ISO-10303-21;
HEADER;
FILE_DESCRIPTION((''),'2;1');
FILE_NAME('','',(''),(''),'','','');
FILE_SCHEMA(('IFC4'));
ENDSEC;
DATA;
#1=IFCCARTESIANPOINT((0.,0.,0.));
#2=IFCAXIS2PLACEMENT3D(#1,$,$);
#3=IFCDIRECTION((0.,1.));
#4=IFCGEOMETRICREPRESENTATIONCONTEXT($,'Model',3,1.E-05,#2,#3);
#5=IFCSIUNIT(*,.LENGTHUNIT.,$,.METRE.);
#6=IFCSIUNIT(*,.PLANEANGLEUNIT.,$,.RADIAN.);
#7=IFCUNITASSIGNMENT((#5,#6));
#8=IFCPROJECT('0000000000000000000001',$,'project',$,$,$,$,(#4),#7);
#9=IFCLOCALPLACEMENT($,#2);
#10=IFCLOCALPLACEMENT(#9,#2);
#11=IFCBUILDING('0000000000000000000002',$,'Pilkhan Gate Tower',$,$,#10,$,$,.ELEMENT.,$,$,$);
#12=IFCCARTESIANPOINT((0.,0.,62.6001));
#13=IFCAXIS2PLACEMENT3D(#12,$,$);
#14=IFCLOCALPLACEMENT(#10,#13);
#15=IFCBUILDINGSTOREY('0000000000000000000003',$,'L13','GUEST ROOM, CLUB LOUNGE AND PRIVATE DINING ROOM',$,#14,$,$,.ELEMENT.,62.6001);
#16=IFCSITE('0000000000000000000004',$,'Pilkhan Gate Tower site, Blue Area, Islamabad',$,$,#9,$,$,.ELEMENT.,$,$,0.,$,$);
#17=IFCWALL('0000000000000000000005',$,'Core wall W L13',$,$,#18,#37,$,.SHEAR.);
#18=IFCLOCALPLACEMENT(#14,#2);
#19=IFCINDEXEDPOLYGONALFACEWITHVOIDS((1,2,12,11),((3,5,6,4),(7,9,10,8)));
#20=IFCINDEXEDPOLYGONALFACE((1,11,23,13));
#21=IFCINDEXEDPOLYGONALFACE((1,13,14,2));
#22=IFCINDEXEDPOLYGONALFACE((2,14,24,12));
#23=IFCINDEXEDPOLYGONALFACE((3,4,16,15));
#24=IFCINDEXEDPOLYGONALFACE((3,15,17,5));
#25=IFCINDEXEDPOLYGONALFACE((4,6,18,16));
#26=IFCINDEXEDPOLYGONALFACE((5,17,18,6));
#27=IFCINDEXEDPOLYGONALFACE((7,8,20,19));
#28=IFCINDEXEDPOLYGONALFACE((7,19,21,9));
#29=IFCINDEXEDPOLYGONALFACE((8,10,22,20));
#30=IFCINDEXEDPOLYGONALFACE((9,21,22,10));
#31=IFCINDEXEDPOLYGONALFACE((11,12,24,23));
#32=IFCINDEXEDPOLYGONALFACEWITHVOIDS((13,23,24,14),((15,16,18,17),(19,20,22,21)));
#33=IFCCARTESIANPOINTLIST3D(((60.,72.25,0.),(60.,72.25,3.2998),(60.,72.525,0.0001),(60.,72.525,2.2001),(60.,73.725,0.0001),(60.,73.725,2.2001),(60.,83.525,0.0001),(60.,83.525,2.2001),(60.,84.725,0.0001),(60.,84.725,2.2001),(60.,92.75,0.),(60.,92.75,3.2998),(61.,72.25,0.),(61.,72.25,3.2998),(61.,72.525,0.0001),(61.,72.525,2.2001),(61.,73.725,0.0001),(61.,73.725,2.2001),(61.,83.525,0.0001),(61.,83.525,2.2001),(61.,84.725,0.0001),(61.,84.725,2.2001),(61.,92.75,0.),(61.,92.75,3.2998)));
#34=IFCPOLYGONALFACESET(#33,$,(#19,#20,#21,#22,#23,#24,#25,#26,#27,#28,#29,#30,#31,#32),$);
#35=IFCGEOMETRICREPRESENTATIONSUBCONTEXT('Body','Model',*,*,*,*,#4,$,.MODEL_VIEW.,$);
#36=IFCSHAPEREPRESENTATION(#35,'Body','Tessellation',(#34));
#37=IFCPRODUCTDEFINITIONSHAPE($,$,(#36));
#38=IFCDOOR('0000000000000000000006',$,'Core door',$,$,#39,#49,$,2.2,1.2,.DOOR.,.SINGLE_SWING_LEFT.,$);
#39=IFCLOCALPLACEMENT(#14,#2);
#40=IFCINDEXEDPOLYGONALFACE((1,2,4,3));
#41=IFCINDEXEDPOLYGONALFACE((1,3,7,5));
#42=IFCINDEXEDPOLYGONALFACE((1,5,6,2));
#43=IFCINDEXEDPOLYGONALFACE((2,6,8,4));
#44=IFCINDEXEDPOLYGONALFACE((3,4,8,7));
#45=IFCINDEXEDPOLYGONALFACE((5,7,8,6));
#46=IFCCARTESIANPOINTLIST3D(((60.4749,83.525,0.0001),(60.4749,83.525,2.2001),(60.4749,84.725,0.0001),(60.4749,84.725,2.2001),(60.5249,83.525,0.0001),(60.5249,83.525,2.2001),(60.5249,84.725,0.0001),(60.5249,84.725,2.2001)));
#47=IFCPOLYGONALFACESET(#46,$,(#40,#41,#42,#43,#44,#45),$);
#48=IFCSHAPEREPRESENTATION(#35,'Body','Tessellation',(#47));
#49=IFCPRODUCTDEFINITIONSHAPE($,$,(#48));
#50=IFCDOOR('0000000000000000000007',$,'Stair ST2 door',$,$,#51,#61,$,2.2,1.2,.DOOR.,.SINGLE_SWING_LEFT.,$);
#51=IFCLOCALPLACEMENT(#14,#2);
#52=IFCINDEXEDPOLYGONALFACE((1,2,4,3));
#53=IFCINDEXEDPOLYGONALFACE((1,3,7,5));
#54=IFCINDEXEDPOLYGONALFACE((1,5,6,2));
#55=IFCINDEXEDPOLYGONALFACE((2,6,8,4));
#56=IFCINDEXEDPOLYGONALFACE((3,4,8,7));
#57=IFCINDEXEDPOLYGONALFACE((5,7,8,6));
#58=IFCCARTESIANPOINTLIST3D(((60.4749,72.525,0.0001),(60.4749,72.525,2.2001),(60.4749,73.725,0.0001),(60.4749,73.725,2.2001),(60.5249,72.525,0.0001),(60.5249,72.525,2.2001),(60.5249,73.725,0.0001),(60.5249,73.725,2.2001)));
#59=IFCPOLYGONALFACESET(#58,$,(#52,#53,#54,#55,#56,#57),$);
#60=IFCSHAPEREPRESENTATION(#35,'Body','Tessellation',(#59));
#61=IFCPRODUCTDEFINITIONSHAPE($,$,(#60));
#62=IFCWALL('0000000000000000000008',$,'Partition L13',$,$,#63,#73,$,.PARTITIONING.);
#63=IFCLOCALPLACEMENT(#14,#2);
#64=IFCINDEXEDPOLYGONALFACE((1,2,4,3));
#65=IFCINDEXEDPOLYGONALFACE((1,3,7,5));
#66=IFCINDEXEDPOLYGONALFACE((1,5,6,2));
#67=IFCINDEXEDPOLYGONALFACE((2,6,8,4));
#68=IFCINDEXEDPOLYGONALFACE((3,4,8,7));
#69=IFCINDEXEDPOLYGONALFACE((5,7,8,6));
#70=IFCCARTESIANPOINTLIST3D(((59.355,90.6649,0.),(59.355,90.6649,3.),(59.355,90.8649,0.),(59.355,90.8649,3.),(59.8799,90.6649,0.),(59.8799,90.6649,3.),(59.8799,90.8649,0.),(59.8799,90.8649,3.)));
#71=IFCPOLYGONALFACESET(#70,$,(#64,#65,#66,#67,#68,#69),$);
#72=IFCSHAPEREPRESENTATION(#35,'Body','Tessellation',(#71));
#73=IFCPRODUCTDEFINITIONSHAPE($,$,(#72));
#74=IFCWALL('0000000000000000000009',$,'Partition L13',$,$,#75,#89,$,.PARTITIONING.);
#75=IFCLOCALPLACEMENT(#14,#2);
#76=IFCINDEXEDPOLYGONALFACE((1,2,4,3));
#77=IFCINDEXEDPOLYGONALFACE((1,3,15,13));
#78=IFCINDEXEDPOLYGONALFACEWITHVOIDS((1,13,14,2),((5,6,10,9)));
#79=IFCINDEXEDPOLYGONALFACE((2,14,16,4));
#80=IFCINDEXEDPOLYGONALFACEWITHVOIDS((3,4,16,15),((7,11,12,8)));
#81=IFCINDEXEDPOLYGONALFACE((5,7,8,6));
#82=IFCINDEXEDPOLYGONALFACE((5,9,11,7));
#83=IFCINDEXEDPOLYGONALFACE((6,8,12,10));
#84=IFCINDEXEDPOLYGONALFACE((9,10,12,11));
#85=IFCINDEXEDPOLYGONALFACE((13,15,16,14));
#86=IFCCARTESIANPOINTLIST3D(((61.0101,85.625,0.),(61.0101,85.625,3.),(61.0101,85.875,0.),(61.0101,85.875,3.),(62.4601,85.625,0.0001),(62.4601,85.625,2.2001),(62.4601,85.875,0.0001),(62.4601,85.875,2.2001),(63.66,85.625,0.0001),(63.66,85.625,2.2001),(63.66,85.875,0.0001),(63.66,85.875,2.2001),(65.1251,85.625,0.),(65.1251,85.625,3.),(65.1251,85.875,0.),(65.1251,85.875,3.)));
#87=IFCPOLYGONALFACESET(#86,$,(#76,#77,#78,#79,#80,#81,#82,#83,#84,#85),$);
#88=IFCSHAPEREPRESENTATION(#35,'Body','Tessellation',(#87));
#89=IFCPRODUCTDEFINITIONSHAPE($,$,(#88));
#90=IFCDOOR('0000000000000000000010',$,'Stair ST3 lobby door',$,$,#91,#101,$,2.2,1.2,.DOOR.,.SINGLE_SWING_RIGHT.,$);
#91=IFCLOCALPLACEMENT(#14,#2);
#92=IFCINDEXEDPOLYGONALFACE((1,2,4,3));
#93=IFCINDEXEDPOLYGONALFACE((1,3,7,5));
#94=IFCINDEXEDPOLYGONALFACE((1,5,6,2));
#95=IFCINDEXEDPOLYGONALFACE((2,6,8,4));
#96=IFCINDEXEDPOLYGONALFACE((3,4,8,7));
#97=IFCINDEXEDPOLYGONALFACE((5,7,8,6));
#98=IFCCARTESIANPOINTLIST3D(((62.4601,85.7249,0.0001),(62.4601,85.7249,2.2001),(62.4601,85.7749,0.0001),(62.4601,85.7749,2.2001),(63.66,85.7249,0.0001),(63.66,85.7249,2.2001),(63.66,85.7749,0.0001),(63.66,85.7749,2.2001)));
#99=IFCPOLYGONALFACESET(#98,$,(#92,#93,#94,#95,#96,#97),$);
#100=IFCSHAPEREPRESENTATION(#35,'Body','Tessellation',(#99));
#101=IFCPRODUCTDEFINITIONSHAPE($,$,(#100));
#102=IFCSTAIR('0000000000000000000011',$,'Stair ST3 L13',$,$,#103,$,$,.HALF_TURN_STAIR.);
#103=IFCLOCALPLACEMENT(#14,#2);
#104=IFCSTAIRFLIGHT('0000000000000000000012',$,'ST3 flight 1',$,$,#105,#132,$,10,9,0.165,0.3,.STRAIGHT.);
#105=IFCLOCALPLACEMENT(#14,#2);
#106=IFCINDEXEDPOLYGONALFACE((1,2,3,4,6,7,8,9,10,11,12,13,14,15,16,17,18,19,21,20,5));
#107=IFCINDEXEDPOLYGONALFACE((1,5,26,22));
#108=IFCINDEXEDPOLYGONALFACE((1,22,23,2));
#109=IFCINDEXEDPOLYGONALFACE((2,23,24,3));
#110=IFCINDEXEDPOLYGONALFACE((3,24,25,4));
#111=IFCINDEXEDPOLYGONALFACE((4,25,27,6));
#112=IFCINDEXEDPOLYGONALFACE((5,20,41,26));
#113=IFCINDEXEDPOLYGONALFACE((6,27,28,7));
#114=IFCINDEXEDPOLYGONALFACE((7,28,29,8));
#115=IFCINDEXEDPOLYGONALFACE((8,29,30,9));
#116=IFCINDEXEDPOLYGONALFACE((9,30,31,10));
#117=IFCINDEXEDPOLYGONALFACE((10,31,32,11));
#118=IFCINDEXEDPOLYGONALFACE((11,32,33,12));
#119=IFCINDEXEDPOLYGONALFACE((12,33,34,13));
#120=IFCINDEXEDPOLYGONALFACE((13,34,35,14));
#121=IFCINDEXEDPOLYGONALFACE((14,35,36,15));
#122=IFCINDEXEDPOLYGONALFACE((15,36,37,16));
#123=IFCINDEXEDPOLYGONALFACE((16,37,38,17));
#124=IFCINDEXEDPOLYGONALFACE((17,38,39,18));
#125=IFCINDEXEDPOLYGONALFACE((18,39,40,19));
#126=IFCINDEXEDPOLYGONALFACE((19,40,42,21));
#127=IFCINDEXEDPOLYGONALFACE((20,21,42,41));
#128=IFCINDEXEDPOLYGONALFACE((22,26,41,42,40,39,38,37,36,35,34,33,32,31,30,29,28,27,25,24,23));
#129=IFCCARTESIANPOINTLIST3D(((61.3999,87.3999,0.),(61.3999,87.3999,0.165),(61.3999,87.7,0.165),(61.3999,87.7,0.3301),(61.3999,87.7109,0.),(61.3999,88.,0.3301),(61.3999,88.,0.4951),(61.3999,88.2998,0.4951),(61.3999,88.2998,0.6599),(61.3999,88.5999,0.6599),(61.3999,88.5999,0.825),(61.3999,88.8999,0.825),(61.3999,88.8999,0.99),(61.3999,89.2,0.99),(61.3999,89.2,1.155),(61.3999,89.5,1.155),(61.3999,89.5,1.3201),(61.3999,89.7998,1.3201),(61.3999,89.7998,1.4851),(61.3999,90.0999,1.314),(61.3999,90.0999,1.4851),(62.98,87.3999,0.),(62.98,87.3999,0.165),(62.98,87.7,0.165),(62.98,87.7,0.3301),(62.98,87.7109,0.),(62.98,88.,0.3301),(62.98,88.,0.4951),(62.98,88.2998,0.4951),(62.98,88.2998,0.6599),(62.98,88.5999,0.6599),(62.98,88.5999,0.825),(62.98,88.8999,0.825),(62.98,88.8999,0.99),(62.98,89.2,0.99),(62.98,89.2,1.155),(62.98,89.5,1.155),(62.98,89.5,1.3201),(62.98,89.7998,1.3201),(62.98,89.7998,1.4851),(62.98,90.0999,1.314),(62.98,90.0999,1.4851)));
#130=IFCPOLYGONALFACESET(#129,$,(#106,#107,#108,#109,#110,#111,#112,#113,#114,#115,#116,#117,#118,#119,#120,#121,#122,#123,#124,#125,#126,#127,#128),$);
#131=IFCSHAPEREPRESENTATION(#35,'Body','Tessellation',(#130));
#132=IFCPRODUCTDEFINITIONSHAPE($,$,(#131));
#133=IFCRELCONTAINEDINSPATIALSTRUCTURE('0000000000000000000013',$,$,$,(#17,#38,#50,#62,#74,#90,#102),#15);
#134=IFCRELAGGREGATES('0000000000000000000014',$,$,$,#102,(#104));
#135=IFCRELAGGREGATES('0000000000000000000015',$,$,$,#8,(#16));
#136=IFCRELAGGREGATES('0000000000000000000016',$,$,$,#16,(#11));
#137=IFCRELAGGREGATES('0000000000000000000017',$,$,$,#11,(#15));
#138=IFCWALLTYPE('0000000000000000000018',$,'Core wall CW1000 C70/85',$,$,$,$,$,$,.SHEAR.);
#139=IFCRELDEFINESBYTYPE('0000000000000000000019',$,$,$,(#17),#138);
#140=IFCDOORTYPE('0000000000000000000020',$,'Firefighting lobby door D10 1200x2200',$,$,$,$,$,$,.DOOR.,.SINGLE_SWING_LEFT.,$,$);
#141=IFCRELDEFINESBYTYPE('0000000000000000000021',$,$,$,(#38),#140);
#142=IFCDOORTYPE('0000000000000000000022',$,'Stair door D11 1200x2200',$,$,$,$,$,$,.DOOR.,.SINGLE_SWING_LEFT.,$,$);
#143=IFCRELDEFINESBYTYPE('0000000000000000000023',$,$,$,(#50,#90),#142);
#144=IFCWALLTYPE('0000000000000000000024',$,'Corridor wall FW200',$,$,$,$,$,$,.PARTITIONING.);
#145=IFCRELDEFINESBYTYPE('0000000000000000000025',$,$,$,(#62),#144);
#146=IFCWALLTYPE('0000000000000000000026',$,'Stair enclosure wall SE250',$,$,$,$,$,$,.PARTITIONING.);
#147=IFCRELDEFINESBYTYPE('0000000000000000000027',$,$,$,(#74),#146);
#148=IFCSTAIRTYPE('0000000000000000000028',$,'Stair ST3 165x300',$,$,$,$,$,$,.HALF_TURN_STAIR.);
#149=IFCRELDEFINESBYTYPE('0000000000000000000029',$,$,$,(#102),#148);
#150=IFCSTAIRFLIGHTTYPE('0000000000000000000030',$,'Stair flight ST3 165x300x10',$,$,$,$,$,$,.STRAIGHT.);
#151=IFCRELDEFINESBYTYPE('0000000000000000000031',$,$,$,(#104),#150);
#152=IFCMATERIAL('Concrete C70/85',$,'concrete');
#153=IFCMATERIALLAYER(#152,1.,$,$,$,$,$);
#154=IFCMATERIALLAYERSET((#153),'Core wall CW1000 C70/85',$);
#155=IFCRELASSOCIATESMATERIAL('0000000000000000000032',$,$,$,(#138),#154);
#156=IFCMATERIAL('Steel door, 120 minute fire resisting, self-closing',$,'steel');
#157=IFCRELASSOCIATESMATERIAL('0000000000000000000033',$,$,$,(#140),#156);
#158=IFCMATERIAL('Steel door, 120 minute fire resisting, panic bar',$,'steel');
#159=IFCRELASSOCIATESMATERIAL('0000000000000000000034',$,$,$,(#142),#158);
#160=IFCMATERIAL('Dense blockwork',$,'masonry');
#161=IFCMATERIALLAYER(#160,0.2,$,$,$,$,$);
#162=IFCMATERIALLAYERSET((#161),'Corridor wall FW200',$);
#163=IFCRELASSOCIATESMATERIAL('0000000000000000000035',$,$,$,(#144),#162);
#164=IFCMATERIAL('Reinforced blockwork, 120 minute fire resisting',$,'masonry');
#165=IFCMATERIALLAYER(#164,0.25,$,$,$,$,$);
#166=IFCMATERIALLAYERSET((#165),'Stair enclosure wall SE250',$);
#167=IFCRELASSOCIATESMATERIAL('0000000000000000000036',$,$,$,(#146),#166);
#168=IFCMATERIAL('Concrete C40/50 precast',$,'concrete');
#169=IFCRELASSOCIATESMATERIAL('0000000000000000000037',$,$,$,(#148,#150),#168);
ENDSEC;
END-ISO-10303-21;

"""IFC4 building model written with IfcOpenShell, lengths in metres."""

from ifc_helpers import new_model, si_unit, direction, frame, frame_2d, origin, place, context, subcontext, project, spatial, polyline, rectangle, outline, extrude, material, layer, layer_set, type_object, element, fill, aggregate, save


model = new_model("IFC4")

# Units and contexts
model_context = context("Model", 3, precision=1e-05, world=origin(), true_north=direction((0.0, 1.0)))
body_context = subcontext(model_context, "Body", "Model", "MODEL_VIEW")
ifc_project = project(units=[si_unit("LENGTHUNIT", "METRE"), si_unit("PLANEANGLEUNIT", "RADIAN")], contexts=[model_context])

# Site, building, storey
site_placement = place(None, origin())
site = spatial("IfcSite", under=ifc_project, at=site_placement, Name="Pilkhan Gate Tower site, Blue Area, Islamabad", CompositionType="ELEMENT", RefElevation=0.0)
building_placement = place(site_placement, origin())
building = spatial("IfcBuilding", under=site, at=building_placement, Name="Pilkhan Gate Tower", CompositionType="ELEMENT")
storey_placement = place(building_placement, frame((0.0, 0.0, 62.6001)))
storey = spatial("IfcBuildingStorey", under=building, at=storey_placement, Name="L13", Description="GUEST ROOM, CLUB LOUNGE AND PRIVATE DINING ROOM", CompositionType="ELEMENT", Elevation=62.6001)

# Wall, openings, doors
ifc_material_1 = material(Name="Concrete C70/85", Category="concrete")
ifc_layer_1 = layer(ifc_material_1, 1.0)
ifc_layer_set_1 = layer_set([ifc_layer_1], Name="Core wall CW1000 C70/85")
wall_type_1 = type_object("IfcWallType", Name="Core wall CW1000 C70/85", PredefinedType="SHEAR", material=ifc_layer_set_1)
wall_1_placement = place(storey_placement, frame((60.5, 92.75, 0.0), z_axis=(0.0, 0.0, 1.0), x_axis=(0.0, -1.0, 0.0)))
wall_1 = element("IfcWall", 1, at=wall_1_placement, inside=storey, type_object=wall_type_1, Name="Core wall W L13", PredefinedType="SHEAR", context=body_context, shape_type="SweptSolid", body=[
    extrude(rectangle(XDim=20.5, YDim=1.0, at=frame_2d((10.25, 0.0))), origin(), (0.0, 0.0, 1.0), 3.2998),
])
opening_1_placement = place(wall_1_placement, frame((19.0249, 0.0, 0.0)))
opening_1 = element("IfcOpeningElement", 2, at=opening_1_placement, cuts=wall_1, PredefinedType="OPENING", context=body_context, shape_type="SweptSolid", body=[
    extrude(rectangle(XDim=1.2, YDim=2.2, at=frame_2d((0.6001, 1.1001))), frame((0.0, 0.51, 0.0), z_axis=(0.0, -1.0, 0.0), x_axis=(1.0, 0.0, 0.0)), (0.0, 0.0, 1.0), 1.02),
])
opening_2_placement = place(wall_1_placement, frame((8.0249, 0.0, 0.0)))
opening_2 = element("IfcOpeningElement", 3, at=opening_2_placement, cuts=wall_1, PredefinedType="OPENING", context=body_context, shape_type="SweptSolid", body=[
    extrude(rectangle(XDim=1.2, YDim=2.2, at=frame_2d((0.6001, 1.1001))), frame((0.0, 0.51, 0.0), z_axis=(0.0, -1.0, 0.0), x_axis=(1.0, 0.0, 0.0)), (0.0, 0.0, 1.0), 1.02),
])
ifc_material_2 = material(Name="Steel door, 120 minute fire resisting, self-closing", Category="steel")
door_type_1 = type_object("IfcDoorType", Name="Firefighting lobby door D10 1200x2200", OperationType="SINGLE_SWING_LEFT", PredefinedType="DOOR", material=ifc_material_2)
door_1_placement = place(opening_2_placement, origin())
door_1 = element("IfcDoor", 4, at=door_1_placement, inside=storey, type_object=door_type_1, Name="Core door", OperationType="SINGLE_SWING_LEFT", OverallHeight=2.2, OverallWidth=1.2, PredefinedType="DOOR", context=body_context, shape_type="SweptSolid", body=[
    extrude(rectangle(XDim=1.2, YDim=2.2, at=frame_2d((0.6001, 1.1001))), frame((0.0, 0.0249, 0.0), z_axis=(0.0, -1.0, 0.0), x_axis=(1.0, 0.0, 0.0)), (0.0, 0.0, 1.0), 0.05),
])
fill(opening_2, door_1)
ifc_material_3 = material(Name="Steel door, 120 minute fire resisting, panic bar", Category="steel")
door_type_2 = type_object("IfcDoorType", Name="Stair door D11 1200x2200", OperationType="SINGLE_SWING_LEFT", PredefinedType="DOOR", material=ifc_material_3)
door_2_placement = place(opening_1_placement, origin())
door_2 = element("IfcDoor", 5, at=door_2_placement, inside=storey, type_object=door_type_2, Name="Stair ST2 door", OperationType="SINGLE_SWING_LEFT", OverallHeight=2.2, OverallWidth=1.2, PredefinedType="DOOR", context=body_context, shape_type="SweptSolid", body=[
    extrude(rectangle(XDim=1.2, YDim=2.2, at=frame_2d((0.6001, 1.1001))), frame((0.0, 0.0249, 0.0), z_axis=(0.0, -1.0, 0.0), x_axis=(1.0, 0.0, 0.0)), (0.0, 0.0, 1.0), 0.05),
])
fill(opening_1, door_2)

# Wall
ifc_material_4 = material(Name="Dense blockwork", Category="masonry")
ifc_layer_2 = layer(ifc_material_4, 0.2)
ifc_layer_set_2 = layer_set([ifc_layer_2], Name="Corridor wall FW200")
wall_type_2 = type_object("IfcWallType", Name="Corridor wall FW200", PredefinedType="PARTITIONING", material=ifc_layer_set_2)
wall_2_placement = place(storey_placement, frame((59.355, 90.7649, 0.0), z_axis=(0.0, 0.0, 1.0), x_axis=(1.0, 0.0, 0.0)))
element("IfcWall", 6, at=wall_2_placement, inside=storey, type_object=wall_type_2, Name="Partition L13", PredefinedType="PARTITIONING", context=body_context, shape_type="SweptSolid", body=[
    extrude(rectangle(XDim=0.5249, YDim=0.2, at=frame_2d((0.2625, 0.0))), origin(), (0.0, 0.0, 1.0), 3.0),
])

# Wall, opening, door
ifc_material_5 = material(Name="Reinforced blockwork, 120 minute fire resisting", Category="masonry")
ifc_layer_3 = layer(ifc_material_5, 0.25)
ifc_layer_set_3 = layer_set([ifc_layer_3], Name="Stair enclosure wall SE250")
wall_type_3 = type_object("IfcWallType", Name="Stair enclosure wall SE250", PredefinedType="PARTITIONING", material=ifc_layer_set_3)
wall_3_placement = place(storey_placement, frame((61.01, 85.75, 0.0), z_axis=(0.0, 0.0, 1.0), x_axis=(1.0, 0.0, 0.0)))
wall_3 = element("IfcWall", 7, at=wall_3_placement, inside=storey, type_object=wall_type_3, Name="Partition L13", PredefinedType="PARTITIONING", context=body_context, shape_type="SweptSolid", body=[
    extrude(rectangle(XDim=4.115, YDim=0.25, at=frame_2d((2.0576, 0.0))), origin(), (0.0, 0.0, 1.0), 3.0),
])
opening_3_placement = place(wall_3_placement, frame((1.45, 0.0, 0.0)))
opening_3 = element("IfcOpeningElement", 8, at=opening_3_placement, cuts=wall_3, PredefinedType="OPENING", context=body_context, shape_type="SweptSolid", body=[
    extrude(rectangle(XDim=1.2, YDim=2.2, at=frame_2d((0.6001, 1.1001))), frame((0.0, 0.135, 0.0), z_axis=(0.0, -1.0, 0.0), x_axis=(1.0, 0.0, 0.0)), (0.0, 0.0, 1.0), 0.27),
])
door_3_placement = place(opening_3_placement, origin())
door_3 = element("IfcDoor", 9, at=door_3_placement, inside=storey, type_object=door_type_2, Name="Stair ST3 lobby door", OperationType="SINGLE_SWING_RIGHT", OverallHeight=2.2, OverallWidth=1.2, PredefinedType="DOOR", context=body_context, shape_type="SweptSolid", body=[
    extrude(rectangle(XDim=1.2, YDim=2.2, at=frame_2d((0.6001, 1.1001))), frame((0.0, 0.0249, 0.0), z_axis=(0.0, -1.0, 0.0), x_axis=(1.0, 0.0, 0.0)), (0.0, 0.0, 1.0), 0.05),
])
fill(opening_3, door_3)

# Stair, stair flight
ifc_material_6 = material(Name="Concrete C40/50 precast", Category="concrete")
stair_type = type_object("IfcStairType", Name="Stair ST3 165x300", PredefinedType="HALF_TURN_STAIR", material=ifc_material_6)
stair_placement = place(storey_placement, origin())
stair = element("IfcStair", 10, at=stair_placement, inside=storey, type_object=stair_type, Name="Stair ST3 L13", PredefinedType="HALF_TURN_STAIR")
stair_flight_type = type_object("IfcStairFlightType", Name="Stair flight ST3 165x300x10", PredefinedType="STRAIGHT", material=ifc_material_6)
stair_flight_placement = place(storey_placement, frame((62.1899, 87.3999, 0.0), z_axis=(0.0, 0.0, 1.0), x_axis=(0.0, 1.0, 0.0)))
stair_flight = element("IfcStairFlight", 11, at=stair_flight_placement, type_object=stair_flight_type, Name="ST3 flight 1", NumberOfRisers=10, NumberOfTreads=9, PredefinedType="STRAIGHT", RiserHeight=0.165, TreadLength=0.3, context=body_context, shape_type="SweptSolid", body=[
    extrude(outline(polyline([(0.0, 0.0), (0.0, 0.165), (0.3, 0.165), (0.3, 0.3301), (0.6001, 0.3301), (0.6001, 0.4951), (0.8999, 0.4951), (0.8999, 0.6599), (1.2, 0.6599), (1.2, 0.825), (1.5, 0.825), (1.5, 0.99), (1.8, 0.99), (1.8, 1.155), (2.1001, 1.155), (2.1001, 1.3201), (2.3999, 1.3201), (2.3999, 1.4851), (2.7, 1.4851), (2.7, 1.6499), (2.7, 1.314), (0.311, 0.0), (0.0, 0.0)])), frame((0.0, 0.79, 0.0), z_axis=(0.0, -1.0, 0.0), x_axis=(1.0, 0.0, 0.0)), (0.0, 0.0, 1.0), 1.5801),
])
aggregate(stair, [stair_flight])

save(model, "model.ifc")
